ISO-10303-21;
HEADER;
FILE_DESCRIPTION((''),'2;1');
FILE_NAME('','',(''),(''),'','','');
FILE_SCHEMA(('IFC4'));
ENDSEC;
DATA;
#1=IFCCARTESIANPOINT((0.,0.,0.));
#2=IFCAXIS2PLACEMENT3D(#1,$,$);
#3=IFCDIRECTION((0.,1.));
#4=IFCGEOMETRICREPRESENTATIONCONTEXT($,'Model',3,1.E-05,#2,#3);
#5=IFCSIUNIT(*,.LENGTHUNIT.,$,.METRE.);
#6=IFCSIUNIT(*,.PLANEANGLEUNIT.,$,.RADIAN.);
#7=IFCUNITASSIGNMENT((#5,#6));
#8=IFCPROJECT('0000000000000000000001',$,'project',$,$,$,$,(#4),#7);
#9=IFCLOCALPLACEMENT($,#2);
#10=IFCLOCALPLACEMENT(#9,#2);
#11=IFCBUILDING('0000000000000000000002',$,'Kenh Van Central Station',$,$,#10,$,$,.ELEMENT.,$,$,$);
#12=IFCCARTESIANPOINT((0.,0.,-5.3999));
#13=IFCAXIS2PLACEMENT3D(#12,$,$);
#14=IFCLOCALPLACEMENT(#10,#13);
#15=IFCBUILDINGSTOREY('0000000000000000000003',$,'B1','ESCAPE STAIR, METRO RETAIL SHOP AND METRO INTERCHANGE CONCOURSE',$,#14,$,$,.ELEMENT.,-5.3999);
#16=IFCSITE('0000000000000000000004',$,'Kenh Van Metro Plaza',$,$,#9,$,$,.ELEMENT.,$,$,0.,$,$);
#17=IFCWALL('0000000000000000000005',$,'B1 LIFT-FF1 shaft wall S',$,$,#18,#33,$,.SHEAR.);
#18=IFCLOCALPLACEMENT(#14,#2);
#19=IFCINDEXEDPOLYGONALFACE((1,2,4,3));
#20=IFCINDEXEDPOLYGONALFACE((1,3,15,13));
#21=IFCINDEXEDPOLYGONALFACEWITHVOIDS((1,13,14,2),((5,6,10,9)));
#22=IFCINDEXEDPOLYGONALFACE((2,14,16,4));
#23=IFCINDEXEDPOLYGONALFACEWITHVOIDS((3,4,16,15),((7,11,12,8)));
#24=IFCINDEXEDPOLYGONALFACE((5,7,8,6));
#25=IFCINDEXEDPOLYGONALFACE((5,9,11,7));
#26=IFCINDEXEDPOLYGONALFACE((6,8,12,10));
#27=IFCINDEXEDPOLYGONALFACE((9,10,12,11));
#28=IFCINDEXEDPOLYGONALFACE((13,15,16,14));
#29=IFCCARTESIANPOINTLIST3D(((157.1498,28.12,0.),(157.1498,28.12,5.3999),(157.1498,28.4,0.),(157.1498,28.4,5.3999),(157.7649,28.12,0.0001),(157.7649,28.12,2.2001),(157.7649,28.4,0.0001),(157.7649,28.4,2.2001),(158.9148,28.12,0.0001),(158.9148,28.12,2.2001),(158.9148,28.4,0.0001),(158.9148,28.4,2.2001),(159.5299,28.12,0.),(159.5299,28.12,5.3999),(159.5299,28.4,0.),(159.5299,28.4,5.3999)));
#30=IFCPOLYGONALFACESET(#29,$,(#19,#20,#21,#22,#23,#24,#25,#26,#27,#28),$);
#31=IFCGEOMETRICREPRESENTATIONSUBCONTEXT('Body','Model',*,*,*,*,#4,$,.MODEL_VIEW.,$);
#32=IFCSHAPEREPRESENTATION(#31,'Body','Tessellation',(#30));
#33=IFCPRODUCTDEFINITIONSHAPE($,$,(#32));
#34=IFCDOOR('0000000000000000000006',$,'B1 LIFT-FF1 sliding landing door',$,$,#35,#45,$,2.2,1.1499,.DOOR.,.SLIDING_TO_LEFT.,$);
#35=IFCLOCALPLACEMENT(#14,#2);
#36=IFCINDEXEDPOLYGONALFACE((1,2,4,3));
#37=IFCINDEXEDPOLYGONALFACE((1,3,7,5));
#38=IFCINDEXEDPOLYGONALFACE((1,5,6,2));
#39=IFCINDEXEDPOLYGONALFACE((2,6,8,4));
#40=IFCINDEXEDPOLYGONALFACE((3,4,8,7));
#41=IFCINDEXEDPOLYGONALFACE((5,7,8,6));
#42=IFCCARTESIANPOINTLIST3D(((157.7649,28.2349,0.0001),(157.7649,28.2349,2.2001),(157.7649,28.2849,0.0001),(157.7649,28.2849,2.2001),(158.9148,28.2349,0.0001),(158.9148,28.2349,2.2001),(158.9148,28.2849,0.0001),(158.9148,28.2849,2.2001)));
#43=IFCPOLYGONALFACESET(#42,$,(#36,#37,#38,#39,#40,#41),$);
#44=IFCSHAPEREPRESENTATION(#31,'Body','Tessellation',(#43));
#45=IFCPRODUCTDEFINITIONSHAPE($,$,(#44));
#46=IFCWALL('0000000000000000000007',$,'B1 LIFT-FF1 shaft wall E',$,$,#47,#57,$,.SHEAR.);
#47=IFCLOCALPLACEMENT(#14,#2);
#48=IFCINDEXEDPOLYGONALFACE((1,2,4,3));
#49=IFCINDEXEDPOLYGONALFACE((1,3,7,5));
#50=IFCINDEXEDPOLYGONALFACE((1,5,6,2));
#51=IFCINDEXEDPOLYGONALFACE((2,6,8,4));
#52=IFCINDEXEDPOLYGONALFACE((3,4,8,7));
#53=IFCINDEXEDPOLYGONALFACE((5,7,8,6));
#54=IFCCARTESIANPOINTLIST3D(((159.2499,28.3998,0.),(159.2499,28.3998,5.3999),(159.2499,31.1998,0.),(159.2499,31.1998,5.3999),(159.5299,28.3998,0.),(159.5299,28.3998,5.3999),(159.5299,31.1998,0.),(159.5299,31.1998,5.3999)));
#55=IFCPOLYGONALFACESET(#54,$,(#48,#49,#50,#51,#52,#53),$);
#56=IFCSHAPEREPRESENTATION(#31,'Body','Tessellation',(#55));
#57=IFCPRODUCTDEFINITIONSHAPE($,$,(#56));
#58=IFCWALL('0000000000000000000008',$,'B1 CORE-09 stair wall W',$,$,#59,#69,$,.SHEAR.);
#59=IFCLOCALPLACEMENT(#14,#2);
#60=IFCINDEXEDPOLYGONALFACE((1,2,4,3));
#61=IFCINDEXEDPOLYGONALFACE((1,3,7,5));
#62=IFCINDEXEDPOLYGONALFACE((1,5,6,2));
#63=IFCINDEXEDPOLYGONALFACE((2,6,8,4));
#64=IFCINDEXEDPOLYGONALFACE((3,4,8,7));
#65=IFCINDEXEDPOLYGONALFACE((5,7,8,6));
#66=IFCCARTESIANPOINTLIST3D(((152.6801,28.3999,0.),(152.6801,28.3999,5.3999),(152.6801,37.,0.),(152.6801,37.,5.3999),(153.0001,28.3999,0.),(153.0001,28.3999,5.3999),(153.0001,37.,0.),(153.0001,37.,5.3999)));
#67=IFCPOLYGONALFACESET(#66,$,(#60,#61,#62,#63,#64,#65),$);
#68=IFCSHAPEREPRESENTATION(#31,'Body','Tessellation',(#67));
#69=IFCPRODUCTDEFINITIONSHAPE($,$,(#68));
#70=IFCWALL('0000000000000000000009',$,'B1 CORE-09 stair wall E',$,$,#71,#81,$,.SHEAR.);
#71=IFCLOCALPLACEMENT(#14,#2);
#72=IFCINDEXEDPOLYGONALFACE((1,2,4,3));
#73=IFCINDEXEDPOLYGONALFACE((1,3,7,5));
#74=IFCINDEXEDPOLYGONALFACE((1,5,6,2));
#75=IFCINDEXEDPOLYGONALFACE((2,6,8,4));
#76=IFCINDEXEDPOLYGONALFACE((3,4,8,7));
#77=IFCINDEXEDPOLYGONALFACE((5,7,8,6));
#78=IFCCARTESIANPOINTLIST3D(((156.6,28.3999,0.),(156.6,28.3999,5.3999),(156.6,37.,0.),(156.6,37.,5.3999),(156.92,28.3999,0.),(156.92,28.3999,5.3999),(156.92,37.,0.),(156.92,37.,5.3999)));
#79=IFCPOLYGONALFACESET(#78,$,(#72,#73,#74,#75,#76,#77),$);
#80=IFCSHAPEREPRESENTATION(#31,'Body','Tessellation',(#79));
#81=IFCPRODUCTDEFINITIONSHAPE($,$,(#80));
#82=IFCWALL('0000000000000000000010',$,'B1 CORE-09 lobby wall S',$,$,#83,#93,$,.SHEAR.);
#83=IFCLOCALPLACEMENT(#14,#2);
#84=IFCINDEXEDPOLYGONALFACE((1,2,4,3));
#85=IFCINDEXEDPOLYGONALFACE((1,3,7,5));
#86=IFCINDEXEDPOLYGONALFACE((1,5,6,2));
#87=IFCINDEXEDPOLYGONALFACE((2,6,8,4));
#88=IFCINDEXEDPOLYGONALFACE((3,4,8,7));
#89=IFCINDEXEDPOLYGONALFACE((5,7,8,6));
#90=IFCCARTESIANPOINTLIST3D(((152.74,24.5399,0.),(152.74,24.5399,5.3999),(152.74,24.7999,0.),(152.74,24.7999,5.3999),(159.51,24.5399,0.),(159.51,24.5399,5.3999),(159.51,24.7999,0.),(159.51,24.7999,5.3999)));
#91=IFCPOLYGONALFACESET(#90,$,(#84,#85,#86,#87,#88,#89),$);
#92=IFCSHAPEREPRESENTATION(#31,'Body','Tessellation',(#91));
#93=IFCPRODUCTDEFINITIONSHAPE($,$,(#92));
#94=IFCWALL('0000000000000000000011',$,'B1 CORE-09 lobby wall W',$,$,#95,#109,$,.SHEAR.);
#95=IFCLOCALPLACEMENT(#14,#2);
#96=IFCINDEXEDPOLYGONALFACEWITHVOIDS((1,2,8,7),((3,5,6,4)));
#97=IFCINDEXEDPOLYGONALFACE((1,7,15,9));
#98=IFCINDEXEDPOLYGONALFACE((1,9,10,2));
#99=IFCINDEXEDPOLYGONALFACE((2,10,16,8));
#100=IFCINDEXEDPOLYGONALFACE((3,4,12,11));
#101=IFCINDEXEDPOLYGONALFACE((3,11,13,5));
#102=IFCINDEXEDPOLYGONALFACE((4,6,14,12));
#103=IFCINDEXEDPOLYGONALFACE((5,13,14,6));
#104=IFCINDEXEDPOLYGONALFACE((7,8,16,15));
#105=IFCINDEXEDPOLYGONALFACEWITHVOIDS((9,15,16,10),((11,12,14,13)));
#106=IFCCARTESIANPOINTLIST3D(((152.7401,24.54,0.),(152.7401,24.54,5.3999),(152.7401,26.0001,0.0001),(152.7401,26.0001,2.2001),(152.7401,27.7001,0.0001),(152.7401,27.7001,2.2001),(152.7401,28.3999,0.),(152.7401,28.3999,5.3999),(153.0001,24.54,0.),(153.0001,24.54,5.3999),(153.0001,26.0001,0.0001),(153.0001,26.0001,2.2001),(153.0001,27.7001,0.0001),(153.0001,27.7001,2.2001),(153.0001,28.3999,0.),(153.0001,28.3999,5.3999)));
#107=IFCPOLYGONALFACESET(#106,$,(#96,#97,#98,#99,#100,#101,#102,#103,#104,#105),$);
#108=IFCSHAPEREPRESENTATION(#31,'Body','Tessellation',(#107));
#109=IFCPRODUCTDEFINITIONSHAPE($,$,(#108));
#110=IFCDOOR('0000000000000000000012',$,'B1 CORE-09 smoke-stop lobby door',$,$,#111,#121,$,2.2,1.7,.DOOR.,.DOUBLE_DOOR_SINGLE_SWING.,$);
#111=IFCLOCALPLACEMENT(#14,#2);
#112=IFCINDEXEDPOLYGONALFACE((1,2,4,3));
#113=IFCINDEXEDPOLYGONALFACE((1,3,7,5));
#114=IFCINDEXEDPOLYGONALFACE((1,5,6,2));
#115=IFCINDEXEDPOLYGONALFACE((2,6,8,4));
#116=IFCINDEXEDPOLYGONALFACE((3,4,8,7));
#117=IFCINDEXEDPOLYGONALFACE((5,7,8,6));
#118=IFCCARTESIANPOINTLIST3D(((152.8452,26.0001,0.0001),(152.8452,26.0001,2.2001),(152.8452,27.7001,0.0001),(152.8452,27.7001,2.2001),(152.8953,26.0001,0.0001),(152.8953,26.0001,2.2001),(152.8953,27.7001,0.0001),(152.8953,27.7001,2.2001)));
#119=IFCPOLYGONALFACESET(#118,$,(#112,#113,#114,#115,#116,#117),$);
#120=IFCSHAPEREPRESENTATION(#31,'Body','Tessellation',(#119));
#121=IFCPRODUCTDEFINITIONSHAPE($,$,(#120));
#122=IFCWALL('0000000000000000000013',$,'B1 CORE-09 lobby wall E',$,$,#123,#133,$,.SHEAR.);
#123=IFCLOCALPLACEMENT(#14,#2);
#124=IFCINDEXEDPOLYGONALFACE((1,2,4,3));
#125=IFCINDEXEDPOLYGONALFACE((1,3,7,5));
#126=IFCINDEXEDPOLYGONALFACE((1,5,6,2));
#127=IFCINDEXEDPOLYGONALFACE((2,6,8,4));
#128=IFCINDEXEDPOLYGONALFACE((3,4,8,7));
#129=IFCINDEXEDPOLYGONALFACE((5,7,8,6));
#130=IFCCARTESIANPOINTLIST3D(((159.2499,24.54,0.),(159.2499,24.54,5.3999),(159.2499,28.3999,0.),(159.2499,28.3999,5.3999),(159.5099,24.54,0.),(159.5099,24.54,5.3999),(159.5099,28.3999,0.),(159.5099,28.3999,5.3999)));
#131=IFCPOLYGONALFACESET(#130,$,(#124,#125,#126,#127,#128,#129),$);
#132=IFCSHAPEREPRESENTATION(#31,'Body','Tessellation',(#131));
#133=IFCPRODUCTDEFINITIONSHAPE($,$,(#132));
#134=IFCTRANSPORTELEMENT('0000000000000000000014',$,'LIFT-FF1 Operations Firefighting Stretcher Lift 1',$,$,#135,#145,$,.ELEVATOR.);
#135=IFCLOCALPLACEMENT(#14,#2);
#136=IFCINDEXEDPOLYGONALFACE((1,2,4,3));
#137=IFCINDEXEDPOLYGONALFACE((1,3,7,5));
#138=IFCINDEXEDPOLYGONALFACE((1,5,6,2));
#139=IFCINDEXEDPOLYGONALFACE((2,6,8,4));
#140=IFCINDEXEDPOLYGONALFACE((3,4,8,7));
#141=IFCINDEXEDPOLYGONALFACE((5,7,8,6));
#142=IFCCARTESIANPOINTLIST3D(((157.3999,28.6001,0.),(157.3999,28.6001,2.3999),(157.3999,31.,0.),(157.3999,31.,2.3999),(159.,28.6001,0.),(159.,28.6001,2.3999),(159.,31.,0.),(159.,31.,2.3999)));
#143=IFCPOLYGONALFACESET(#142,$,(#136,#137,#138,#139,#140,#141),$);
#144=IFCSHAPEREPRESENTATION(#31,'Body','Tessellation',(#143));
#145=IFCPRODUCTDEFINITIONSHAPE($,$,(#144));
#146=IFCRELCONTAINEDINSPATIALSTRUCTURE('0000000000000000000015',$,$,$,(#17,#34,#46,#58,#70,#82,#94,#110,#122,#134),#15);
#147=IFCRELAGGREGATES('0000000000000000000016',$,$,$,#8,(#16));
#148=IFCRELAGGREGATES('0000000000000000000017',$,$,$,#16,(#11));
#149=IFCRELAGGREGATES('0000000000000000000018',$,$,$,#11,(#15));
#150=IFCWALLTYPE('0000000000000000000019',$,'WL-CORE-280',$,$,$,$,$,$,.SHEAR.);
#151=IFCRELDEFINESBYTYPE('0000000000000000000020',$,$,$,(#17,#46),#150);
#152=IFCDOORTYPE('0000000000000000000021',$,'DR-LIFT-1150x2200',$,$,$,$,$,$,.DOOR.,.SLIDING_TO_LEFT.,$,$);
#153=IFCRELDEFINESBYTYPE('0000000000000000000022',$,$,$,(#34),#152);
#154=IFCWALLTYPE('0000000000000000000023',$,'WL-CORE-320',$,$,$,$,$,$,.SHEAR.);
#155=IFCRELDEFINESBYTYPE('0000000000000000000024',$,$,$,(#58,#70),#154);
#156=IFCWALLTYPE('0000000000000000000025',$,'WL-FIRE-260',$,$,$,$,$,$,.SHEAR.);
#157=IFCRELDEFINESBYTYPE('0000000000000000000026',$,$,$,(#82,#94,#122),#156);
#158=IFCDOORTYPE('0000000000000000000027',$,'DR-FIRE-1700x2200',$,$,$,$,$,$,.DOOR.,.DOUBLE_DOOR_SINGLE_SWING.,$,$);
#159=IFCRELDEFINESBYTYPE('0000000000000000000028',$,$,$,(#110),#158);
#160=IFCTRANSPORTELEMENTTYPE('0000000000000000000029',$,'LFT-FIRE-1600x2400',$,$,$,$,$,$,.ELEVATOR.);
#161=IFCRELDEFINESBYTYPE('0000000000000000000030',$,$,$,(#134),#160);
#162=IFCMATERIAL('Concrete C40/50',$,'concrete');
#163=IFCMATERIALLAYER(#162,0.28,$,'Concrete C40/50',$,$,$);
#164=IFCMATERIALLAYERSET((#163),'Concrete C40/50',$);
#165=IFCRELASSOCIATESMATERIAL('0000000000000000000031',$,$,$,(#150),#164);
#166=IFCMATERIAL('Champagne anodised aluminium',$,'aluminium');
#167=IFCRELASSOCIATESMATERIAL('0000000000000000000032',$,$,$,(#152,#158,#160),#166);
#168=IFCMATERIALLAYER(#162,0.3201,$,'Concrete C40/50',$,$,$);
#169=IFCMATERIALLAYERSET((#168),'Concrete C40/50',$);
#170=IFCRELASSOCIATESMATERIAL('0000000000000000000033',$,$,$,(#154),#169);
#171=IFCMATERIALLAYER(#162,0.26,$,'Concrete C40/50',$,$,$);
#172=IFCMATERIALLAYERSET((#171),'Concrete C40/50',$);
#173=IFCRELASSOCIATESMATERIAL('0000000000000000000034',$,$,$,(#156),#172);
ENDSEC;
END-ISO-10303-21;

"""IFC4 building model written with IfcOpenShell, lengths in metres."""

from ifc_helpers import new_model, si_unit, direction, frame, frame_2d, origin, origin_2d, place, context, subcontext, project, spatial, rectangle, extrude, material, layer, layer_set, type_object, element, fill, save


model = new_model("IFC4")

# Units and contexts
model_context = context("Model", 3, precision=1e-05, world=origin(), true_north=direction((0.0, 1.0)))
body_context = subcontext(model_context, "Body", "Model", "MODEL_VIEW")
ifc_project = project(units=[si_unit("LENGTHUNIT", "METRE"), si_unit("PLANEANGLEUNIT", "RADIAN")], contexts=[model_context])

# Site, building, storey
site_placement = place(None, origin())
site = spatial("IfcSite", under=ifc_project, at=site_placement, Name="Kenh Van Metro Plaza", CompositionType="ELEMENT", RefElevation=0.0)
building_placement = place(site_placement, origin())
building = spatial("IfcBuilding", under=site, at=building_placement, Name="Kenh Van Central Station", CompositionType="ELEMENT")
storey_placement = place(building_placement, frame((0.0, 0.0, -5.3999)))
storey = spatial("IfcBuildingStorey", under=building, at=storey_placement, Name="B1", Description="ESCAPE STAIR, METRO RETAIL SHOP AND METRO INTERCHANGE CONCOURSE", CompositionType="ELEMENT", Elevation=-5.3999)

# Shared definitions
ifc_material_1 = material(Name="Concrete C40/50", Category="concrete")

# Wall, opening, door
ifc_layer_1 = layer(ifc_material_1, 0.28, Name="Concrete C40/50")
ifc_layer_set_1 = layer_set([ifc_layer_1], Name="Concrete C40/50")
wall_type_1 = type_object("IfcWallType", Name="WL-CORE-280", PredefinedType="SHEAR", material=ifc_layer_set_1)
wall_1_placement = place(storey_placement, frame((157.1499, 28.26, 0.0), z_axis=(0.0, 0.0, 1.0), x_axis=(1.0, 0.0, 0.0)))
wall_1 = element("IfcWall", 1, at=wall_1_placement, inside=storey, type_object=wall_type_1, Name="B1 LIFT-FF1 shaft wall S", PredefinedType="SHEAR", context=body_context, shape_type="SweptSolid", body=[
    extrude(rectangle(XDim=2.3801, YDim=0.28, at=frame_2d((1.1899, 0.0))), origin(), (0.0, 0.0, 1.0), 5.3999),
])
opening_1_placement = place(wall_1_placement, frame((0.615, 0.0, 0.0)))
opening_1 = element("IfcOpeningElement", 2, at=opening_1_placement, cuts=wall_1, PredefinedType="OPENING", context=body_context, shape_type="SweptSolid", body=[
    extrude(rectangle(XDim=1.1499, YDim=2.2, at=frame_2d((0.575, 1.1001))), frame((0.0, 0.1499, 0.0), z_axis=(0.0, -1.0, 0.0), x_axis=(1.0, 0.0, 0.0)), (0.0, 0.0, 1.0), 0.3),
])
ifc_material_2 = material(Name="Champagne anodised aluminium", Category="aluminium")
door_type_1 = type_object("IfcDoorType", Name="DR-LIFT-1150x2200", OperationType="SLIDING_TO_LEFT", PredefinedType="DOOR", material=ifc_material_2)
door_1_placement = place(opening_1_placement, origin())
door_1 = element("IfcDoor", 3, at=door_1_placement, inside=storey, type_object=door_type_1, Name="B1 LIFT-FF1 sliding landing door", OperationType="SLIDING_TO_LEFT", OverallHeight=2.2, OverallWidth=1.1499, PredefinedType="DOOR", context=body_context, shape_type="SweptSolid", body=[
    extrude(rectangle(XDim=1.1499, YDim=2.2, at=frame_2d((0.575, 1.1001))), frame((0.0, 0.0249, 0.0), z_axis=(0.0, -1.0, 0.0), x_axis=(1.0, 0.0, 0.0)), (0.0, 0.0, 1.0), 0.05),
])
fill(opening_1, door_1)

# Walls
wall_2_placement = place(storey_placement, frame((159.3899, 28.3999, 0.0), z_axis=(0.0, 0.0, 1.0), x_axis=(0.0, 1.0, 0.0)))
element("IfcWall", 4, at=wall_2_placement, inside=storey, type_object=wall_type_1, Name="B1 LIFT-FF1 shaft wall E", PredefinedType="SHEAR", context=body_context, shape_type="SweptSolid", body=[
    extrude(rectangle(XDim=2.8, YDim=0.28, at=frame_2d((1.3999, 0.0))), origin(), (0.0, 0.0, 1.0), 5.3999),
])
ifc_layer_2 = layer(ifc_material_1, 0.3201, Name="Concrete C40/50")
ifc_layer_set_2 = layer_set([ifc_layer_2], Name="Concrete C40/50")
wall_type_2 = type_object("IfcWallType", Name="WL-CORE-320", PredefinedType="SHEAR", material=ifc_layer_set_2)
for number, where, z_axis, x_axis, name in (
    (5, (152.8401, 28.3999, 0.0), (0.0, 0.0, 1.0), (0.0, 1.0, 0.0), "B1 CORE-09 stair wall W"),
    (6, (156.76, 28.3999, 0.0), (0.0, 0.0, 1.0), (0.0, 1.0, 0.0), "B1 CORE-09 stair wall E"),
):
    element("IfcWall", number, at=place(storey_placement, frame(where, z_axis=z_axis, x_axis=x_axis)), inside=storey, type_object=wall_type_2, Name=name, PredefinedType="SHEAR", context=body_context, shape_type="SweptSolid", body=[
        extrude(rectangle(XDim=8.6001, YDim=0.3201, at=frame_2d((4.3, 0.0))), origin(), (0.0, 0.0, 1.0), 5.3999),
    ])
ifc_layer_3 = layer(ifc_material_1, 0.26, Name="Concrete C40/50")
ifc_layer_set_3 = layer_set([ifc_layer_3], Name="Concrete C40/50")
wall_type_3 = type_object("IfcWallType", Name="WL-FIRE-260", PredefinedType="SHEAR", material=ifc_layer_set_3)
wall_3_placement = place(storey_placement, frame((159.51, 24.6699, 0.0), z_axis=(0.0, 0.0, 1.0), x_axis=(-1.0, 0.0, 0.0)))
element("IfcWall", 7, at=wall_3_placement, inside=storey, type_object=wall_type_3, Name="B1 CORE-09 lobby wall S", PredefinedType="SHEAR", context=body_context, shape_type="SweptSolid", body=[
    extrude(rectangle(XDim=6.77, YDim=0.26, at=frame_2d((3.385, 0.0))), origin(), (0.0, 0.0, 1.0), 5.3999),
])

# Wall, opening, door
wall_4_placement = place(storey_placement, frame((152.8701, 24.54, 0.0), z_axis=(0.0, 0.0, 1.0), x_axis=(0.0, 1.0, 0.0)))
wall_4 = element("IfcWall", 8, at=wall_4_placement, inside=storey, type_object=wall_type_3, Name="B1 CORE-09 lobby wall W", PredefinedType="SHEAR", context=body_context, shape_type="SweptSolid", body=[
    extrude(rectangle(XDim=3.8599, YDim=0.26, at=frame_2d((1.9299, 0.0))), origin(), (0.0, 0.0, 1.0), 5.3999),
])
opening_2_placement = place(wall_4_placement, frame((1.46, 0.0, 0.0)))
opening_2 = element("IfcOpeningElement", 9, at=opening_2_placement, cuts=wall_4, PredefinedType="OPENING", context=body_context, shape_type="SweptSolid", body=[
    extrude(rectangle(XDim=1.7, YDim=2.2, at=frame_2d((0.8501, 1.1001))), frame((0.0, 0.1399, 0.0), z_axis=(0.0, -1.0, 0.0), x_axis=(1.0, 0.0, 0.0)), (0.0, 0.0, 1.0), 0.28),
])
door_type_2 = type_object("IfcDoorType", Name="DR-FIRE-1700x2200", OperationType="DOUBLE_DOOR_SINGLE_SWING", PredefinedType="DOOR", material=ifc_material_2)
door_2_placement = place(opening_2_placement, origin())
door_2 = element("IfcDoor", 10, at=door_2_placement, inside=storey, type_object=door_type_2, Name="B1 CORE-09 smoke-stop lobby door", OperationType="DOUBLE_DOOR_SINGLE_SWING", OverallHeight=2.2, OverallWidth=1.7, PredefinedType="DOOR", context=body_context, shape_type="SweptSolid", body=[
    extrude(rectangle(XDim=1.7, YDim=2.2, at=frame_2d((0.8501, 1.1001))), frame((0.0, 0.0249, 0.0), z_axis=(0.0, -1.0, 0.0), x_axis=(1.0, 0.0, 0.0)), (0.0, 0.0, 1.0), 0.05),
])
fill(opening_2, door_2)

# Wall
wall_5_placement = place(storey_placement, frame((159.3799, 24.54, 0.0), z_axis=(0.0, 0.0, 1.0), x_axis=(0.0, 1.0, 0.0)))
element("IfcWall", 11, at=wall_5_placement, inside=storey, type_object=wall_type_3, Name="B1 CORE-09 lobby wall E", PredefinedType="SHEAR", context=body_context, shape_type="SweptSolid", body=[
    extrude(rectangle(XDim=3.8599, YDim=0.26, at=frame_2d((1.9299, 0.0))), origin(), (0.0, 0.0, 1.0), 5.3999),
])

# Transport element
transport_element_type = type_object("IfcTransportElementType", Name="LFT-FIRE-1600x2400", PredefinedType="ELEVATOR", material=ifc_material_2)
transport_element_placement = place(storey_placement, frame((158.2, 29.8, 0.0), z_axis=(0.0, 0.0, 1.0), x_axis=(1.0, 0.0, 0.0)))
element("IfcTransportElement", 12, at=transport_element_placement, inside=storey, type_object=transport_element_type, Name="LIFT-FF1 Operations Firefighting Stretcher Lift 1", PredefinedType="ELEVATOR", context=body_context, shape_type="SweptSolid", body=[
    extrude(rectangle(XDim=1.6001, YDim=2.3999, at=origin_2d()), origin(), (0.0, 0.0, 1.0), 2.3999),
])

save(model, "model.ifc")
